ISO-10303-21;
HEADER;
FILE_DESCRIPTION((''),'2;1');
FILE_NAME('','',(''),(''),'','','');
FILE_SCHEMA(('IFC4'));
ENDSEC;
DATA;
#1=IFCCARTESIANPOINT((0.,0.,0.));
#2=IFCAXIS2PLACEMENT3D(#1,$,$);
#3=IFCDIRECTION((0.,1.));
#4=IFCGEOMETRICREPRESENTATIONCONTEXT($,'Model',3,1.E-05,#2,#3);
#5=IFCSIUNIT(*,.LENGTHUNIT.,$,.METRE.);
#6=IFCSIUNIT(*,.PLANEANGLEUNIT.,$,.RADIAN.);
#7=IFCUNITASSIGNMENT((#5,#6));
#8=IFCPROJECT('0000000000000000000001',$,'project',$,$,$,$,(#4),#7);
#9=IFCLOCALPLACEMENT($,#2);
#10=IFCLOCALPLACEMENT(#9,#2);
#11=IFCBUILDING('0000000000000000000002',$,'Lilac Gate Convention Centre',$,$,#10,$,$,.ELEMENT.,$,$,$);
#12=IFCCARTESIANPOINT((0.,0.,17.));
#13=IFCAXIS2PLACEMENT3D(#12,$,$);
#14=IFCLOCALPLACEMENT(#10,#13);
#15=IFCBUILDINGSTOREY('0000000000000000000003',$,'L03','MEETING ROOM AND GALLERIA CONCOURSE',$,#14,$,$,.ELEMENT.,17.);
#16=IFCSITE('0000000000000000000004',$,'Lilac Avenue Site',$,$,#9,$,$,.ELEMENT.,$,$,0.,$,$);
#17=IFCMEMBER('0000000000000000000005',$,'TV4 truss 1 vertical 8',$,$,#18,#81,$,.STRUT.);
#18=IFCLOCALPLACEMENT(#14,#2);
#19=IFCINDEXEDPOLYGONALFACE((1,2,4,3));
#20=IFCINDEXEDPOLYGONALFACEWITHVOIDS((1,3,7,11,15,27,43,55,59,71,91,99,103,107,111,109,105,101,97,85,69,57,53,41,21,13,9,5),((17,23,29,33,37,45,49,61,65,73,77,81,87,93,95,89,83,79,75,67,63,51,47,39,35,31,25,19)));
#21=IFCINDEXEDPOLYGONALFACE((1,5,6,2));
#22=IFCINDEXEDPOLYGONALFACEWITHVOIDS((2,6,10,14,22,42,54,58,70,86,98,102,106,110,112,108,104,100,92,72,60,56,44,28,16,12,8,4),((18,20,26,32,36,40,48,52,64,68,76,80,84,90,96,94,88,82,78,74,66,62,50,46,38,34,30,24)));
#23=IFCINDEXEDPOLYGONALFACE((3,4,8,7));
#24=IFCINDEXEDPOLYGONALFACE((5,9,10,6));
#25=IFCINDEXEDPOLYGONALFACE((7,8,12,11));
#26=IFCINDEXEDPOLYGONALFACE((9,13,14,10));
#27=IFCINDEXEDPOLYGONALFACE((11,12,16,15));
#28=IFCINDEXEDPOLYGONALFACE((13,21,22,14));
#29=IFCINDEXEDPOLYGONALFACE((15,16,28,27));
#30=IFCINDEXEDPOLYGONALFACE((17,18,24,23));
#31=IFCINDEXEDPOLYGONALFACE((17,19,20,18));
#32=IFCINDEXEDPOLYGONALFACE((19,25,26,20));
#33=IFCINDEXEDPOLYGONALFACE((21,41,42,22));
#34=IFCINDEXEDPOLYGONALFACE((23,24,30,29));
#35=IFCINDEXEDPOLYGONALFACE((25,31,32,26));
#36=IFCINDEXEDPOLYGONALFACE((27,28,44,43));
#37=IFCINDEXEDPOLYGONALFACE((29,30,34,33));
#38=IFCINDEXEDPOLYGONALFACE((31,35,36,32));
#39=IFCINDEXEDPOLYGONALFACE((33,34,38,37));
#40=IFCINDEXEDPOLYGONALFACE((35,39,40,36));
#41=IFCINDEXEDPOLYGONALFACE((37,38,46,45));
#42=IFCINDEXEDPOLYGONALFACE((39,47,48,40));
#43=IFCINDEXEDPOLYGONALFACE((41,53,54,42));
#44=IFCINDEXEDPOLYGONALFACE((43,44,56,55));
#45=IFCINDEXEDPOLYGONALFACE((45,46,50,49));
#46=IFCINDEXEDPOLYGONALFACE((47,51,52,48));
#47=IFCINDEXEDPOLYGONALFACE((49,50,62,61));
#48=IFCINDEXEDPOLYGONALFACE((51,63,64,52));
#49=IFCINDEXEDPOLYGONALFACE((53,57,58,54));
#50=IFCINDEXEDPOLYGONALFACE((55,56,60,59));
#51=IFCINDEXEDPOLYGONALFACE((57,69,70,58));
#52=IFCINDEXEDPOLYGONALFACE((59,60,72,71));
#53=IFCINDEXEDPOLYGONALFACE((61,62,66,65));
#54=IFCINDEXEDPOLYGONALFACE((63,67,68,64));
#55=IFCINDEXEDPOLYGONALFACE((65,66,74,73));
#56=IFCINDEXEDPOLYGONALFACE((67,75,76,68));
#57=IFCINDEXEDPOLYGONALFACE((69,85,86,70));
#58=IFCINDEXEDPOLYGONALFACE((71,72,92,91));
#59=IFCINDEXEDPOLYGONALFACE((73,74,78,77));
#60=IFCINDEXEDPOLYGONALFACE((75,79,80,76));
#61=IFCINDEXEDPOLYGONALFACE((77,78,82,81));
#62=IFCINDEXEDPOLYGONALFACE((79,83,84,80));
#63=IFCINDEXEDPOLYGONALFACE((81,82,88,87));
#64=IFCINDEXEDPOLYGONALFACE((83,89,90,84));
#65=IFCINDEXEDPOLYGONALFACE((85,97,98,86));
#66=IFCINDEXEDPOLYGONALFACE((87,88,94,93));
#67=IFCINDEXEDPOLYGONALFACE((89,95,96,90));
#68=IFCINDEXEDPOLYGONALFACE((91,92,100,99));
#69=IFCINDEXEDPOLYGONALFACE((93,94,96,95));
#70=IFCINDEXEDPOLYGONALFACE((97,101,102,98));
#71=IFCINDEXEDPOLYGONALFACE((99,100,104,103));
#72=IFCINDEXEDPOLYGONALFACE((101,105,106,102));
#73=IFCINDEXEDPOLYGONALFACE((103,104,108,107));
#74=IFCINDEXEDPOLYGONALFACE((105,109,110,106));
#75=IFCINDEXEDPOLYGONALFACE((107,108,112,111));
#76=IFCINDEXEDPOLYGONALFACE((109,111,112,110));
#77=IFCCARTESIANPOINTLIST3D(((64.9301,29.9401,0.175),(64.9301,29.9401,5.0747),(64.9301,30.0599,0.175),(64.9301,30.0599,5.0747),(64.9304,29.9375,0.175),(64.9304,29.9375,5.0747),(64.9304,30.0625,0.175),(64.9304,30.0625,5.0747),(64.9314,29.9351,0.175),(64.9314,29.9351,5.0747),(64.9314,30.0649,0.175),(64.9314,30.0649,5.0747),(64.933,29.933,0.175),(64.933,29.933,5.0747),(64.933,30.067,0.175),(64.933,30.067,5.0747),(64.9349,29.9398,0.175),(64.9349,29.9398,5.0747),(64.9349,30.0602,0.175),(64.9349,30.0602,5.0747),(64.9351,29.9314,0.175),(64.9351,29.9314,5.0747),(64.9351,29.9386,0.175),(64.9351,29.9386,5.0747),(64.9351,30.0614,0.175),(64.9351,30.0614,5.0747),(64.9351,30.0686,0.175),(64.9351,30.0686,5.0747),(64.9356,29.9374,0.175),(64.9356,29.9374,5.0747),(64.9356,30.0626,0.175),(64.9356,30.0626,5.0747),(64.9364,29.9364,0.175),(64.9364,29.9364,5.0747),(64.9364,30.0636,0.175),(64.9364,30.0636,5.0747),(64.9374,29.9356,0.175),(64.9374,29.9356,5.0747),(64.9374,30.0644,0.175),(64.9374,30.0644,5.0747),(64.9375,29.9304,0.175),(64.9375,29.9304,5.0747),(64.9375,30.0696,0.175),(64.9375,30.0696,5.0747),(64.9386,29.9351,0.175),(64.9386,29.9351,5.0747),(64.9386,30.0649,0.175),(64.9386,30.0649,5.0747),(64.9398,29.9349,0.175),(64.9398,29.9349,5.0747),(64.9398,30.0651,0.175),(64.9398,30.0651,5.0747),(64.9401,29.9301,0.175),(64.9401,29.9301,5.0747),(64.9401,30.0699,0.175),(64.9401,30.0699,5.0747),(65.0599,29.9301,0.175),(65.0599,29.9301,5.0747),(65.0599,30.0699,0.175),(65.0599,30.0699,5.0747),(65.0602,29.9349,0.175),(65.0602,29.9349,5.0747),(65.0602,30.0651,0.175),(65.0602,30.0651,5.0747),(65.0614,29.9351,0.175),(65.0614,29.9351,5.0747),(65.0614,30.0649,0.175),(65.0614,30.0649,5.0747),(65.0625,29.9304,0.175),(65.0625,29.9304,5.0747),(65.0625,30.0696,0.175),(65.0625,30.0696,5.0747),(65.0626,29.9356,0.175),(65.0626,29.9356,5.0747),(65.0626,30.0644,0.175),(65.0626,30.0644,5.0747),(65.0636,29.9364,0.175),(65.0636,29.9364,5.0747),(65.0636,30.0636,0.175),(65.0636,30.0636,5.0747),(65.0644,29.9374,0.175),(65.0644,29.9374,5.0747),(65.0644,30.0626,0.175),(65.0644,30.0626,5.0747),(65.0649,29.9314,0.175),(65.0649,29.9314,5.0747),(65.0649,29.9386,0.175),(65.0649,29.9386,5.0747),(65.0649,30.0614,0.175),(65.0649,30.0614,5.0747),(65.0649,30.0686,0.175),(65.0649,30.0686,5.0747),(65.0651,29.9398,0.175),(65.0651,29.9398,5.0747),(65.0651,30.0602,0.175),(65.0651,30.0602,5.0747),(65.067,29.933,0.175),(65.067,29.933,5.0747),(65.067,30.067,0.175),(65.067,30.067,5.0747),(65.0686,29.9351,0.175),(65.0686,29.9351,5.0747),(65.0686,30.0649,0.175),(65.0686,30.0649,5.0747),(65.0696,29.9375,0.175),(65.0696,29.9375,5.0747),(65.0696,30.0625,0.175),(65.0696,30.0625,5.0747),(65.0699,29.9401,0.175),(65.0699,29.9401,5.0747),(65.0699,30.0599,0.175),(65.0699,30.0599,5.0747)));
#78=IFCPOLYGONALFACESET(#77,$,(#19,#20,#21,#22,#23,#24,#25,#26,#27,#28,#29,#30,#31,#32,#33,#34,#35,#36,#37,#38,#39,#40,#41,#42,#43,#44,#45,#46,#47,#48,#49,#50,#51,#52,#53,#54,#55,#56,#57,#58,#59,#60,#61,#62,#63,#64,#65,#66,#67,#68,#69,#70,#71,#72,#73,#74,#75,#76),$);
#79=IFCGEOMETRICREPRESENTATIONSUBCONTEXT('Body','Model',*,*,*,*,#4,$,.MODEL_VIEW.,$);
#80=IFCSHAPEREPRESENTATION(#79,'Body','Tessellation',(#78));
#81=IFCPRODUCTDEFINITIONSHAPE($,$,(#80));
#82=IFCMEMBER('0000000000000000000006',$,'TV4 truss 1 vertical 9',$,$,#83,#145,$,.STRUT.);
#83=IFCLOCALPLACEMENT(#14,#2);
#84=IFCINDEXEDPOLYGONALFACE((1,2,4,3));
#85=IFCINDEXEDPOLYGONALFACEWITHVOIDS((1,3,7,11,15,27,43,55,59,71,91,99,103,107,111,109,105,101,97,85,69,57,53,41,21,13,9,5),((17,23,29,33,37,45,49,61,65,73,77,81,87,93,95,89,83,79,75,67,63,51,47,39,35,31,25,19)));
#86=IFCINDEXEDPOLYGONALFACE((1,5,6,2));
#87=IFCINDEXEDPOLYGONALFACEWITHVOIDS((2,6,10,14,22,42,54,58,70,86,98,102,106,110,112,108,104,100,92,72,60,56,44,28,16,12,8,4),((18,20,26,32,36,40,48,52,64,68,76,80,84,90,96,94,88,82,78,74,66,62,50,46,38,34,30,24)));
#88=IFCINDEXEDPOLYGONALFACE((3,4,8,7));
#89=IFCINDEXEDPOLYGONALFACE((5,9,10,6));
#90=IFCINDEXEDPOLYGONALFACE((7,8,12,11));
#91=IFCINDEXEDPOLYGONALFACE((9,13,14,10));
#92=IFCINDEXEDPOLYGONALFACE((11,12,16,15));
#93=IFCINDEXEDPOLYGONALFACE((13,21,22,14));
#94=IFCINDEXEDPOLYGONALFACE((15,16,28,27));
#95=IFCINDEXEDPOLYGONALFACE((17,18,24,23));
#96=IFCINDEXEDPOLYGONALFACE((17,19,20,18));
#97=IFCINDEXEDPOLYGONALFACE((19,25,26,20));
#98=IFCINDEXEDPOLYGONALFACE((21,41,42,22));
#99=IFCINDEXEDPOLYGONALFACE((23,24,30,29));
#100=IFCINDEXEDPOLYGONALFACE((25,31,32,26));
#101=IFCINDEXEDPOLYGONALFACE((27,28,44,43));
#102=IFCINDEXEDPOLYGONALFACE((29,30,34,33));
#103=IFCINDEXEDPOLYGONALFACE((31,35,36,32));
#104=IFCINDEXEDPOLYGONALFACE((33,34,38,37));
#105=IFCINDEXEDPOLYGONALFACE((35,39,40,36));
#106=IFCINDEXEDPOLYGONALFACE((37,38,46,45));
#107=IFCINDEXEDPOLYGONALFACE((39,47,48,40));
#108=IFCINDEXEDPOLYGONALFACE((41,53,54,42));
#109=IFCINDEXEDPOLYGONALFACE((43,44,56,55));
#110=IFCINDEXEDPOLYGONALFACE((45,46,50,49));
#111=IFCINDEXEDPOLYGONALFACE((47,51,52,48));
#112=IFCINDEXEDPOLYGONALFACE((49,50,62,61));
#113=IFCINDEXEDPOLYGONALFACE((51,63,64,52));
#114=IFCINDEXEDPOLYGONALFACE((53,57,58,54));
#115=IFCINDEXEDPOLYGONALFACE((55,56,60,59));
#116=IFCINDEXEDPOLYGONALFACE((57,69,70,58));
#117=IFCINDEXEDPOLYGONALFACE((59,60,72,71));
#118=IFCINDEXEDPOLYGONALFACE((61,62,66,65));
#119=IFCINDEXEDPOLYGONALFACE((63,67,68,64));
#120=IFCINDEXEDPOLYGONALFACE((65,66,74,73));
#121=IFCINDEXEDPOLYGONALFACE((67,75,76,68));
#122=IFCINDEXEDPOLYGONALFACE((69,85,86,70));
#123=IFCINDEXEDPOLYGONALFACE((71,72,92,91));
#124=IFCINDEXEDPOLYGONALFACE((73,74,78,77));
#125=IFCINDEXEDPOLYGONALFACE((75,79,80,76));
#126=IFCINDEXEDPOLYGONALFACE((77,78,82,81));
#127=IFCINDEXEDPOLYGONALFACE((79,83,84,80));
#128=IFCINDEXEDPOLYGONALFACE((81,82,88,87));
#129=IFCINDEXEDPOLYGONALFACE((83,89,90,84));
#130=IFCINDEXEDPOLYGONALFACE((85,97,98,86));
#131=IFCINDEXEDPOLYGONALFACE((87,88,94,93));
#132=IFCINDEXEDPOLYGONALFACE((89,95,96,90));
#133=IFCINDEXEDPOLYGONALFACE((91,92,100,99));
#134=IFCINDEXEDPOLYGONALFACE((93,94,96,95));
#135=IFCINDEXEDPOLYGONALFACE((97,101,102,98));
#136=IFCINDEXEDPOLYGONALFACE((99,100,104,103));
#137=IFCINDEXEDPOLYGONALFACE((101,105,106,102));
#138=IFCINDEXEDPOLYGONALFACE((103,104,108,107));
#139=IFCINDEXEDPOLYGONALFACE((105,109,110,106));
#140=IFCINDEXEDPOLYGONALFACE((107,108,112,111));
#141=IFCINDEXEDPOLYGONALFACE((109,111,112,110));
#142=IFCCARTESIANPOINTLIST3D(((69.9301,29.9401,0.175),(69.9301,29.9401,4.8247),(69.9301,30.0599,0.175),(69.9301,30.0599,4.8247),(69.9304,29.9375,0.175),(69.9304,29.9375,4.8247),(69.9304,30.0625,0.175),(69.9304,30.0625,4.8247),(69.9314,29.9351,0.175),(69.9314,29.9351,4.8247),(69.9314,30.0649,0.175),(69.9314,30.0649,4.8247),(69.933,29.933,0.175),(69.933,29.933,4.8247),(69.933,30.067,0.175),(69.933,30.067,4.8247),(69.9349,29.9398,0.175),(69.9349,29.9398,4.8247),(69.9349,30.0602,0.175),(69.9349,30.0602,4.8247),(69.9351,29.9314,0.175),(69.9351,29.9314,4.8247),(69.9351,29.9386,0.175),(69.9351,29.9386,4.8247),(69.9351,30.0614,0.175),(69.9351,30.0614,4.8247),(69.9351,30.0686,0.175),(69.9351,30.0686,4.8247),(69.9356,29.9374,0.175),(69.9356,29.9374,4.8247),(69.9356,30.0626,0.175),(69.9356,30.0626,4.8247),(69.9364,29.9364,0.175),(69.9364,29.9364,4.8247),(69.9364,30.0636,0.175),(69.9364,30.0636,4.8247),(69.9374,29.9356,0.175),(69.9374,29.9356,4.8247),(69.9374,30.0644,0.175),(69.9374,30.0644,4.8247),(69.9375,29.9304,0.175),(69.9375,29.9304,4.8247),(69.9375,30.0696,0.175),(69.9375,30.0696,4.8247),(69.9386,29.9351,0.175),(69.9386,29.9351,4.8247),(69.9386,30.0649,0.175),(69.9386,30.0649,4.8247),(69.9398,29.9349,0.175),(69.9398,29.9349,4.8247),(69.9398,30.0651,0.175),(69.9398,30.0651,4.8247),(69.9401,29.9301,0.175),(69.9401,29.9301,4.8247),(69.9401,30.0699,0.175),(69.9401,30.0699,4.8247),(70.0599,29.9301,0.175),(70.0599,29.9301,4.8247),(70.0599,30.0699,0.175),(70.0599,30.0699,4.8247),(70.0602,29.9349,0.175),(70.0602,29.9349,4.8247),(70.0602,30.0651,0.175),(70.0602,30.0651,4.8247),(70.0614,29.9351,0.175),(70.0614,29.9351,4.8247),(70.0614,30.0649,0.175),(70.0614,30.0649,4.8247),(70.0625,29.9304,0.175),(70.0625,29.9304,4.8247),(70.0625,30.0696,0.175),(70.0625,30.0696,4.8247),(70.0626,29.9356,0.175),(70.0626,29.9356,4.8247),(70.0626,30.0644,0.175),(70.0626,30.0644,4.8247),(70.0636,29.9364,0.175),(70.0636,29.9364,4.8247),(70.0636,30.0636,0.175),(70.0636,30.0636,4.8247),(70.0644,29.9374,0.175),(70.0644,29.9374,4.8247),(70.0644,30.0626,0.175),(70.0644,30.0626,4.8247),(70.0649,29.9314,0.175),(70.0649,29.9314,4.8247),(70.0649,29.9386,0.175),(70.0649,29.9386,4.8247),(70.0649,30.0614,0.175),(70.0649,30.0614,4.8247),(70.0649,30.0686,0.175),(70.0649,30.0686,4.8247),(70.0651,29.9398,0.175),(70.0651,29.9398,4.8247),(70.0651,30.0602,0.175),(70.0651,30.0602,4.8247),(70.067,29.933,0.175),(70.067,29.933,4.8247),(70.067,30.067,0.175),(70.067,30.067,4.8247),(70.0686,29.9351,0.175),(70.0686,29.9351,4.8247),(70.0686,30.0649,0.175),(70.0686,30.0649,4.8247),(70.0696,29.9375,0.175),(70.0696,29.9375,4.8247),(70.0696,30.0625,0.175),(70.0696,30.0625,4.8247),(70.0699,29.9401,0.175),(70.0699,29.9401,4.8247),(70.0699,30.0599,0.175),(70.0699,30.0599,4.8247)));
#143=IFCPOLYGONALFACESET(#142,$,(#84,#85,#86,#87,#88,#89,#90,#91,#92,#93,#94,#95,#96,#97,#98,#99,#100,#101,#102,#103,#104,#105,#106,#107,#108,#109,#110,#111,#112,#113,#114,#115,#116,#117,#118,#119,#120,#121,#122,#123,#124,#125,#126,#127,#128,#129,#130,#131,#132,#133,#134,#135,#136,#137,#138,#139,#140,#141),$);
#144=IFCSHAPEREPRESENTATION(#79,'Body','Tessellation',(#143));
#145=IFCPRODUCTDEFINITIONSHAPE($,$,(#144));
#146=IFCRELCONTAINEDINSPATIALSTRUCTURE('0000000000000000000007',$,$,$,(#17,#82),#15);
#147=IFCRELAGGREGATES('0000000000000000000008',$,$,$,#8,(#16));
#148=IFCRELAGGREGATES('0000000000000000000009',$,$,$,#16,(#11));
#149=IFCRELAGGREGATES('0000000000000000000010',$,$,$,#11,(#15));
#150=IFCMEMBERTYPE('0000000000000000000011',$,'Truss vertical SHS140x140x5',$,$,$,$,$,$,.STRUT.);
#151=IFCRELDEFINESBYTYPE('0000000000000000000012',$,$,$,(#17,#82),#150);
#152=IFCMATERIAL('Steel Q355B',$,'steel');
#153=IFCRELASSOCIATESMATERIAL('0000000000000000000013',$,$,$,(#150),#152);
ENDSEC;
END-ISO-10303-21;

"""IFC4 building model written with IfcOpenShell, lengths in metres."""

from ifc_helpers import new_model, si_unit, direction, frame, origin, origin_2d, place, context, subcontext, project, spatial, hollow_rectangle, extrude, material, material_profile, profile_set, type_object, element, save


model = new_model("IFC4")

# Units and contexts
model_context = context("Model", 3, precision=1e-05, world=origin(), true_north=direction((0.0, 1.0)))
body_context = subcontext(model_context, "Body", "Model", "MODEL_VIEW")
ifc_project = project(units=[si_unit("LENGTHUNIT", "METRE"), si_unit("PLANEANGLEUNIT", "RADIAN")], contexts=[model_context])

# Site, building, storey
site_placement = place(None, origin())
site = spatial("IfcSite", under=ifc_project, at=site_placement, Name="Lilac Avenue Site", CompositionType="ELEMENT", RefElevation=0.0)
building_placement = place(site_placement, origin())
building = spatial("IfcBuilding", under=site, at=building_placement, Name="Lilac Gate Convention Centre", CompositionType="ELEMENT")
storey_placement = place(building_placement, frame((0.0, 0.0, 17.0)))
storey = spatial("IfcBuildingStorey", under=building, at=storey_placement, Name="L03", Description="MEETING ROOM AND GALLERIA CONCOURSE", CompositionType="ELEMENT", Elevation=17.0)

# Members
ifc_material = material(Name="Steel Q355B", Category="steel")
ifc_material_profile_1 = material_profile(ifc_material, hollow_rectangle(XDim=0.1399, YDim=0.1399, WallThickness=0.0049, InnerFilletRadius=0.0049, OuterFilletRadius=0.01, at=origin_2d()), Name="SHS140x140x5")
ifc_profile_set_1 = profile_set([ifc_material_profile_1], Name="Steel Q355B")
member_type_1 = type_object("IfcMemberType", Name="Truss vertical SHS140x140x5", PredefinedType="STRUT", material=ifc_profile_set_1)
member_1_placement = place(storey_placement, frame((65.0, 30.0, 0.175), z_axis=(0.0, 0.0, 1.0), x_axis=(1.0, 0.0, 0.0)))
element("IfcMember", 1, at=member_1_placement, inside=storey, type_object=member_type_1, Name="TV4 truss 1 vertical 8", PredefinedType="STRUT", context=body_context, shape_type="SweptSolid", body=[
    extrude(hollow_rectangle(XDim=0.1399, YDim=0.1399, WallThickness=0.0049, InnerFilletRadius=0.0049, OuterFilletRadius=0.01, at=origin_2d()), origin(), (0.0, 0.0, 1.0), 4.8997),
])
member_2_placement = place(storey_placement, frame((70.0, 30.0, 0.175), z_axis=(0.0, 0.0, 1.0), x_axis=(1.0, 0.0, 0.0)))
element("IfcMember", 2, at=member_2_placement, inside=storey, type_object=member_type_1, Name="TV4 truss 1 vertical 9", PredefinedType="STRUT", context=body_context, shape_type="SweptSolid", body=[
    extrude(hollow_rectangle(XDim=0.1399, YDim=0.1399, WallThickness=0.0049, InnerFilletRadius=0.0049, OuterFilletRadius=0.01, at=origin_2d()), origin(), (0.0, 0.0, 1.0), 4.6497),
])

save(model, "model.ifc")
